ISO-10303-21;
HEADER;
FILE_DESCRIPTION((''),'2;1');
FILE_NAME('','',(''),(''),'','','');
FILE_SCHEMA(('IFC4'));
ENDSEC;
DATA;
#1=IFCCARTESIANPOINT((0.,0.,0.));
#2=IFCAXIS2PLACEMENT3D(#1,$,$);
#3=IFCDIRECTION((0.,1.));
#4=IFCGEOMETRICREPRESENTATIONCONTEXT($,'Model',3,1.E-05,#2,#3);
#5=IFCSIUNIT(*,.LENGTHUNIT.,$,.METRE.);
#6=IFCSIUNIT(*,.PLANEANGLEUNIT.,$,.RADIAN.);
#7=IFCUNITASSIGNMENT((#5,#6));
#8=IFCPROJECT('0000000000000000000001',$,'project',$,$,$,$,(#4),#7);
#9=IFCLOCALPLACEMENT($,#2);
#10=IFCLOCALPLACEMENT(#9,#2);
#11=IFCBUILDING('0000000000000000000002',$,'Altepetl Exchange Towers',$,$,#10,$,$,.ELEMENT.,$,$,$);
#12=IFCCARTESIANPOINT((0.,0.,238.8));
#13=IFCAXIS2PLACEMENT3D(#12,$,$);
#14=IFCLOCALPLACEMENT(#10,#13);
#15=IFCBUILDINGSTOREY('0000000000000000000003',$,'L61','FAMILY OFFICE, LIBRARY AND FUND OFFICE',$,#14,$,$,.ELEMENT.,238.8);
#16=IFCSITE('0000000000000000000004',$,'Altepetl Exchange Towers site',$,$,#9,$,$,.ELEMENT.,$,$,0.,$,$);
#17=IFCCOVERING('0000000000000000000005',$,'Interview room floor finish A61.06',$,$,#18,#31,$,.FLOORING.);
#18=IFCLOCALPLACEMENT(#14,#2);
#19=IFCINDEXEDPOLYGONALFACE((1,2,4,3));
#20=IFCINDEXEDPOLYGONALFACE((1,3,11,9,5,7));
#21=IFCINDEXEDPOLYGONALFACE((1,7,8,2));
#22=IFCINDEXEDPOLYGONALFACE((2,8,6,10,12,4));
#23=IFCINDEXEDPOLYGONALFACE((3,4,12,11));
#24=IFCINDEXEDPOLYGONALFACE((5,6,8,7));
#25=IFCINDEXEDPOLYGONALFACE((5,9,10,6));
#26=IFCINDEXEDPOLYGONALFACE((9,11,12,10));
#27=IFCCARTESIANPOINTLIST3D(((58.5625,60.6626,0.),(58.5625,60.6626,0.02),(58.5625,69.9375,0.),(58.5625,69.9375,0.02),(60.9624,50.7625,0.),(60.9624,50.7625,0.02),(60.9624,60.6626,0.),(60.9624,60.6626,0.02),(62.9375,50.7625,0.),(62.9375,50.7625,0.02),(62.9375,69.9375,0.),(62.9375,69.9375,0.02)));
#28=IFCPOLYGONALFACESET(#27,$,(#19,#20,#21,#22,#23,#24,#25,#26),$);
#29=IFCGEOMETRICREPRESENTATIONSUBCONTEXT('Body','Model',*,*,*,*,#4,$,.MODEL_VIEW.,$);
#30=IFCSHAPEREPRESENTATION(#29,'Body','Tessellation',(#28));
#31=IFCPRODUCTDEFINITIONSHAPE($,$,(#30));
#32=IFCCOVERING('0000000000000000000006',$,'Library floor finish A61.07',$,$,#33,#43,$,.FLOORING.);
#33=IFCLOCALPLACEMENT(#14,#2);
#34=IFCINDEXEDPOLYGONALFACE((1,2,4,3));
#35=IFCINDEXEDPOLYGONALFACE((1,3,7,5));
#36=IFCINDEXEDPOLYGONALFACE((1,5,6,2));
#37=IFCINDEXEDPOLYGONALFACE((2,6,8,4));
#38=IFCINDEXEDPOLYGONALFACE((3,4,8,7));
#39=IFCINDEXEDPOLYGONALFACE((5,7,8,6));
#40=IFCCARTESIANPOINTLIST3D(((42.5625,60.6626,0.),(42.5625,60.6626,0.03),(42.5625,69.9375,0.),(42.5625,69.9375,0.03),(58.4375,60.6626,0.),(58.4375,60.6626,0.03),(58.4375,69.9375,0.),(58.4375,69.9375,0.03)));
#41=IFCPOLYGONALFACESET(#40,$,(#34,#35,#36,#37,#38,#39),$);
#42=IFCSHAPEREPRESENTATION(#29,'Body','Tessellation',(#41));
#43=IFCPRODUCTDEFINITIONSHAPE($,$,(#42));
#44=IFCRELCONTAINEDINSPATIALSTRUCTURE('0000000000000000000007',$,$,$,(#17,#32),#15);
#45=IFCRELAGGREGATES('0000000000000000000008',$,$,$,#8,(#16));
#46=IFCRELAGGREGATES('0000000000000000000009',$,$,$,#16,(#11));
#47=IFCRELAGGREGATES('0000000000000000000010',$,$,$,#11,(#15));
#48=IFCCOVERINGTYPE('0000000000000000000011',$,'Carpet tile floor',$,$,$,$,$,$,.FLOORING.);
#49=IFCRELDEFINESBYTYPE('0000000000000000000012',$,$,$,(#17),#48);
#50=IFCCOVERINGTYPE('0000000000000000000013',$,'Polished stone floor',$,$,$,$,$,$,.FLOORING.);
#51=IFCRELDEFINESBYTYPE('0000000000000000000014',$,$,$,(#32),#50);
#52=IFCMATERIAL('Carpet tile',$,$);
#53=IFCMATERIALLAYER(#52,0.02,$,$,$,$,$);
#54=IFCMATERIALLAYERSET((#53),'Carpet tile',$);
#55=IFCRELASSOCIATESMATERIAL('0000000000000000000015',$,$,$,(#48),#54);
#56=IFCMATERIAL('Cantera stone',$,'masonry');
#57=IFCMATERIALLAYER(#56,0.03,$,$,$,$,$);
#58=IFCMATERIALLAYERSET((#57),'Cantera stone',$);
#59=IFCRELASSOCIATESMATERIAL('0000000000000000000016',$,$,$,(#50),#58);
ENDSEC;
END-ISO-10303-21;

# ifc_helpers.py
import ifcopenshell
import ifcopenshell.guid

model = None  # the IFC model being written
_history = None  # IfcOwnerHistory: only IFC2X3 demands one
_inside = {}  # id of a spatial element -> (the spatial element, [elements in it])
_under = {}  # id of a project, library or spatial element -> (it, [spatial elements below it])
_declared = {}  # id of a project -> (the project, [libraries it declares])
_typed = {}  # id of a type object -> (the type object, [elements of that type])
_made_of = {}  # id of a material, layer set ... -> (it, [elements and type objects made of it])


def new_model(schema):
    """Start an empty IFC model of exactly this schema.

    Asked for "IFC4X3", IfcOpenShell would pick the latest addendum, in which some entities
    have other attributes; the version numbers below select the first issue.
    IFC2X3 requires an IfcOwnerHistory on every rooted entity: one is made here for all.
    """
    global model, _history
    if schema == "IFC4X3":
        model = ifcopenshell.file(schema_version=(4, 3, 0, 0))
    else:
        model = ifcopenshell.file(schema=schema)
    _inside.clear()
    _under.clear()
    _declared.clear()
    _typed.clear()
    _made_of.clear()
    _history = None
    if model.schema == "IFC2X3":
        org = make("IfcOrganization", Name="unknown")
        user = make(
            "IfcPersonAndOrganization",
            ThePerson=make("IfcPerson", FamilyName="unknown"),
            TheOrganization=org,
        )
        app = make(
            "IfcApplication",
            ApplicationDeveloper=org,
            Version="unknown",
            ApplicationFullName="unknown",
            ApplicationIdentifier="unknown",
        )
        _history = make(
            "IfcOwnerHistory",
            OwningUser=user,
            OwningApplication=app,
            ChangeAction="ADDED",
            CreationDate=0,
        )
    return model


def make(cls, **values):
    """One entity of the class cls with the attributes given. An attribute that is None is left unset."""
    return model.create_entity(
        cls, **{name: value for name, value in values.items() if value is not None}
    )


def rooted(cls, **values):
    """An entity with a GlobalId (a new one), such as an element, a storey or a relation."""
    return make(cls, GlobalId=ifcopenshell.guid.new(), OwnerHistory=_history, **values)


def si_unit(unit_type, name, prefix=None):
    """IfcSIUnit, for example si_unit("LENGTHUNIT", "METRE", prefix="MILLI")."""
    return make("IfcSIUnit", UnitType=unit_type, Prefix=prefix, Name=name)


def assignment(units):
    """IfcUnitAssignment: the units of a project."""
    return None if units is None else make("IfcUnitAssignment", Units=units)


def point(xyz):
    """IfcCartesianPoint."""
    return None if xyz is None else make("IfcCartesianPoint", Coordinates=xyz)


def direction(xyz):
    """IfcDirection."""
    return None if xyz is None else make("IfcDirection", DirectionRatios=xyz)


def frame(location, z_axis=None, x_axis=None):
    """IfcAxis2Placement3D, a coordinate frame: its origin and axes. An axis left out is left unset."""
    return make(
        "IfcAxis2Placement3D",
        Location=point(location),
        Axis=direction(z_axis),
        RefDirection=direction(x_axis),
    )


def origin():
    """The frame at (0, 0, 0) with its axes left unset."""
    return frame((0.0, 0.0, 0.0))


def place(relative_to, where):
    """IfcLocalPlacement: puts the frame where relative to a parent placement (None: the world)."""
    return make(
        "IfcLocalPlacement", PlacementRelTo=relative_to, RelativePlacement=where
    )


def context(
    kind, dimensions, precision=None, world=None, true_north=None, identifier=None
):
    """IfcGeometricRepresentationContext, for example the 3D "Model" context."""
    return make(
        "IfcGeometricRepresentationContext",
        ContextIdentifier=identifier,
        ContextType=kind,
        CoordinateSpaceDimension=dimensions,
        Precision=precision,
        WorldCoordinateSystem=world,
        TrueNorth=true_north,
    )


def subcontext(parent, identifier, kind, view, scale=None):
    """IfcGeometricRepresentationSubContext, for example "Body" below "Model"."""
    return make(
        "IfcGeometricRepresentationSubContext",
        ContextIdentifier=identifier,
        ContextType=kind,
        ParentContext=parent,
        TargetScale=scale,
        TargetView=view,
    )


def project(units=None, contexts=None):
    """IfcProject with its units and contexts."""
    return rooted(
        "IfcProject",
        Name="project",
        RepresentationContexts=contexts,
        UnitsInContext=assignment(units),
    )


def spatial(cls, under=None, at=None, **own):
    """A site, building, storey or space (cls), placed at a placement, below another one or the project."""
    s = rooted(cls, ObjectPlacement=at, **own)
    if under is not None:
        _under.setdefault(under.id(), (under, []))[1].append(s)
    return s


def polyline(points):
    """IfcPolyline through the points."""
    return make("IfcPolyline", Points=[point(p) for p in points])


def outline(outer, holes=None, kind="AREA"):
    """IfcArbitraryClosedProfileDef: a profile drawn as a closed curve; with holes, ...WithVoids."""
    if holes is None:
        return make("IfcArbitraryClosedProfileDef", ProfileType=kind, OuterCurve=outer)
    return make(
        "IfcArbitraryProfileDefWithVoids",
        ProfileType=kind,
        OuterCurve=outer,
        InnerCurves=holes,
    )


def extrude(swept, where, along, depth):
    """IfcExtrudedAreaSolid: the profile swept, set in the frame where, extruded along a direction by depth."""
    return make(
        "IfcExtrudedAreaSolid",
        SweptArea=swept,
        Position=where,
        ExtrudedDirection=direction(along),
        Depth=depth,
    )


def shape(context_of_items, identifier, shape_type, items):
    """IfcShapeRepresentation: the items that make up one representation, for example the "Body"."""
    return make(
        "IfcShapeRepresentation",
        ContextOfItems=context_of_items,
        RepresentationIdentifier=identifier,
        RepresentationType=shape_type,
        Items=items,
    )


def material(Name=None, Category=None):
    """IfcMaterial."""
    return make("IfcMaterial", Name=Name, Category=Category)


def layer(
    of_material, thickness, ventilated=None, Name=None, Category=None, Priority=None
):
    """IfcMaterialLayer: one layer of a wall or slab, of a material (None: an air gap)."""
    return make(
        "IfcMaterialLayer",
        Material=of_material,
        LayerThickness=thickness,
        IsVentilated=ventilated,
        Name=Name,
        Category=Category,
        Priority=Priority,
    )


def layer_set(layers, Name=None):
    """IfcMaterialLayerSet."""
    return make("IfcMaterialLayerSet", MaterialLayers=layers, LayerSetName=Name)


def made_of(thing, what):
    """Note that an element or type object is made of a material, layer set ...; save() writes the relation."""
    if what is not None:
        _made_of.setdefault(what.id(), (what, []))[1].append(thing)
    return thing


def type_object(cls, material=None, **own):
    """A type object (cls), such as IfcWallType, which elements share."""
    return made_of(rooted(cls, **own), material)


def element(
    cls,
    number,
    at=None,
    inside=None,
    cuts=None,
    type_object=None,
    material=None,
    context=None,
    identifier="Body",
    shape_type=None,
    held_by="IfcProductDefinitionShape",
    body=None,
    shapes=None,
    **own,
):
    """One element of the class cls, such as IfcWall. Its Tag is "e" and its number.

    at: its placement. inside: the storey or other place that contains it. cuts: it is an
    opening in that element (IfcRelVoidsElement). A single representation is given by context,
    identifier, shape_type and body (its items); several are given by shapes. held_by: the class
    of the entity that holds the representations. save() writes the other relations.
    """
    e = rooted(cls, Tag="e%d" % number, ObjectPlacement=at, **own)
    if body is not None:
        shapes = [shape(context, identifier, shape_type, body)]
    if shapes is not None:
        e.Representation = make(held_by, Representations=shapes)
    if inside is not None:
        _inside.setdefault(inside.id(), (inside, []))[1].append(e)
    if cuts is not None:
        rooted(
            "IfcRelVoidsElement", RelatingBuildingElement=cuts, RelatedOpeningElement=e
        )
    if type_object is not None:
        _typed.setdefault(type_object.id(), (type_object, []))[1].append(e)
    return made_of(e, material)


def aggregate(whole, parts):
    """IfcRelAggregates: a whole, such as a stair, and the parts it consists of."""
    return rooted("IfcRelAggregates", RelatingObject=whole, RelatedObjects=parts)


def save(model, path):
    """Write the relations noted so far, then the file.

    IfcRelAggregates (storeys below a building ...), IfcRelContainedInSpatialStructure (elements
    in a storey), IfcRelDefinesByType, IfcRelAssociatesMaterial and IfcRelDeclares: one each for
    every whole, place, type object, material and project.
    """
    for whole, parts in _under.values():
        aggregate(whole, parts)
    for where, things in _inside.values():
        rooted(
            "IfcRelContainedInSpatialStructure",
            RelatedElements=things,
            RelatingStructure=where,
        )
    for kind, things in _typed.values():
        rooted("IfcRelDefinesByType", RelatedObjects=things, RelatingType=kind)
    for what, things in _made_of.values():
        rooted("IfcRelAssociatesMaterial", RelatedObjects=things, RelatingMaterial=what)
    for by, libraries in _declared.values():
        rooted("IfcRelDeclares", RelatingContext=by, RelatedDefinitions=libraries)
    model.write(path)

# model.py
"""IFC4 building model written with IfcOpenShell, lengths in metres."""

from ifc_helpers import new_model, si_unit, direction, frame, origin, place, context, subcontext, project, spatial, polyline, outline, extrude, material, layer, layer_set, type_object, element, save


model = new_model("IFC4")

# Units and contexts
model_context = context("Model", 3, precision=1e-05, world=origin(), true_north=direction((0.0, 1.0)))
body_context = subcontext(model_context, "Body", "Model", "MODEL_VIEW")
ifc_project = project(units=[si_unit("LENGTHUNIT", "METRE"), si_unit("PLANEANGLEUNIT", "RADIAN")], contexts=[model_context])

# Site, building, storey
site_placement = place(None, origin())
site = spatial("IfcSite", under=ifc_project, at=site_placement, Name="Altepetl Exchange Towers site", CompositionType="ELEMENT", RefElevation=0.0)
building_placement = place(site_placement, origin())
building = spatial("IfcBuilding", under=site, at=building_placement, Name="Altepetl Exchange Towers", CompositionType="ELEMENT")
storey_placement = place(building_placement, frame((0.0, 0.0, 238.8)))
storey = spatial("IfcBuildingStorey", under=building, at=storey_placement, Name="L61", Description="FAMILY OFFICE, LIBRARY AND FUND OFFICE", CompositionType="ELEMENT", Elevation=238.8)

# Coverings
ifc_material_1 = material(Name="Carpet tile")
ifc_layer_1 = layer(ifc_material_1, 0.02)
ifc_layer_set_1 = layer_set([ifc_layer_1], Name="Carpet tile")
covering_type_1 = type_object("IfcCoveringType", Name="Carpet tile floor", PredefinedType="FLOORING", material=ifc_layer_set_1)
covering_1_placement = place(storey_placement, origin())
element("IfcCovering", 1, at=covering_1_placement, inside=storey, type_object=covering_type_1, Name="Interview room floor finish A61.06", PredefinedType="FLOORING", context=body_context, shape_type="SweptSolid", body=[
    extrude(outline(polyline([(62.9375, 50.7625), (62.9375, 69.9375), (58.5625, 69.9375), (58.5625, 60.6626), (60.9624, 60.6626), (60.9624, 50.7625), (62.9375, 50.7625)])), origin(), (0.0, 0.0, 1.0), 0.02),
])
ifc_material_2 = material(Name="Cantera stone", Category="masonry")
ifc_layer_2 = layer(ifc_material_2, 0.03)
ifc_layer_set_2 = layer_set([ifc_layer_2], Name="Cantera stone")
covering_type_2 = type_object("IfcCoveringType", Name="Polished stone floor", PredefinedType="FLOORING", material=ifc_layer_set_2)
covering_2_placement = place(storey_placement, origin())
element("IfcCovering", 2, at=covering_2_placement, inside=storey, type_object=covering_type_2, Name="Library floor finish A61.07", PredefinedType="FLOORING", context=body_context, shape_type="SweptSolid", body=[
    extrude(outline(polyline([(58.4375, 60.6626), (58.4375, 69.9375), (42.5625, 69.9375), (42.5625, 60.6626), (58.4375, 60.6626)])), origin(), (0.0, 0.0, 1.0), 0.03),
])

save(model, "model.ifc")
